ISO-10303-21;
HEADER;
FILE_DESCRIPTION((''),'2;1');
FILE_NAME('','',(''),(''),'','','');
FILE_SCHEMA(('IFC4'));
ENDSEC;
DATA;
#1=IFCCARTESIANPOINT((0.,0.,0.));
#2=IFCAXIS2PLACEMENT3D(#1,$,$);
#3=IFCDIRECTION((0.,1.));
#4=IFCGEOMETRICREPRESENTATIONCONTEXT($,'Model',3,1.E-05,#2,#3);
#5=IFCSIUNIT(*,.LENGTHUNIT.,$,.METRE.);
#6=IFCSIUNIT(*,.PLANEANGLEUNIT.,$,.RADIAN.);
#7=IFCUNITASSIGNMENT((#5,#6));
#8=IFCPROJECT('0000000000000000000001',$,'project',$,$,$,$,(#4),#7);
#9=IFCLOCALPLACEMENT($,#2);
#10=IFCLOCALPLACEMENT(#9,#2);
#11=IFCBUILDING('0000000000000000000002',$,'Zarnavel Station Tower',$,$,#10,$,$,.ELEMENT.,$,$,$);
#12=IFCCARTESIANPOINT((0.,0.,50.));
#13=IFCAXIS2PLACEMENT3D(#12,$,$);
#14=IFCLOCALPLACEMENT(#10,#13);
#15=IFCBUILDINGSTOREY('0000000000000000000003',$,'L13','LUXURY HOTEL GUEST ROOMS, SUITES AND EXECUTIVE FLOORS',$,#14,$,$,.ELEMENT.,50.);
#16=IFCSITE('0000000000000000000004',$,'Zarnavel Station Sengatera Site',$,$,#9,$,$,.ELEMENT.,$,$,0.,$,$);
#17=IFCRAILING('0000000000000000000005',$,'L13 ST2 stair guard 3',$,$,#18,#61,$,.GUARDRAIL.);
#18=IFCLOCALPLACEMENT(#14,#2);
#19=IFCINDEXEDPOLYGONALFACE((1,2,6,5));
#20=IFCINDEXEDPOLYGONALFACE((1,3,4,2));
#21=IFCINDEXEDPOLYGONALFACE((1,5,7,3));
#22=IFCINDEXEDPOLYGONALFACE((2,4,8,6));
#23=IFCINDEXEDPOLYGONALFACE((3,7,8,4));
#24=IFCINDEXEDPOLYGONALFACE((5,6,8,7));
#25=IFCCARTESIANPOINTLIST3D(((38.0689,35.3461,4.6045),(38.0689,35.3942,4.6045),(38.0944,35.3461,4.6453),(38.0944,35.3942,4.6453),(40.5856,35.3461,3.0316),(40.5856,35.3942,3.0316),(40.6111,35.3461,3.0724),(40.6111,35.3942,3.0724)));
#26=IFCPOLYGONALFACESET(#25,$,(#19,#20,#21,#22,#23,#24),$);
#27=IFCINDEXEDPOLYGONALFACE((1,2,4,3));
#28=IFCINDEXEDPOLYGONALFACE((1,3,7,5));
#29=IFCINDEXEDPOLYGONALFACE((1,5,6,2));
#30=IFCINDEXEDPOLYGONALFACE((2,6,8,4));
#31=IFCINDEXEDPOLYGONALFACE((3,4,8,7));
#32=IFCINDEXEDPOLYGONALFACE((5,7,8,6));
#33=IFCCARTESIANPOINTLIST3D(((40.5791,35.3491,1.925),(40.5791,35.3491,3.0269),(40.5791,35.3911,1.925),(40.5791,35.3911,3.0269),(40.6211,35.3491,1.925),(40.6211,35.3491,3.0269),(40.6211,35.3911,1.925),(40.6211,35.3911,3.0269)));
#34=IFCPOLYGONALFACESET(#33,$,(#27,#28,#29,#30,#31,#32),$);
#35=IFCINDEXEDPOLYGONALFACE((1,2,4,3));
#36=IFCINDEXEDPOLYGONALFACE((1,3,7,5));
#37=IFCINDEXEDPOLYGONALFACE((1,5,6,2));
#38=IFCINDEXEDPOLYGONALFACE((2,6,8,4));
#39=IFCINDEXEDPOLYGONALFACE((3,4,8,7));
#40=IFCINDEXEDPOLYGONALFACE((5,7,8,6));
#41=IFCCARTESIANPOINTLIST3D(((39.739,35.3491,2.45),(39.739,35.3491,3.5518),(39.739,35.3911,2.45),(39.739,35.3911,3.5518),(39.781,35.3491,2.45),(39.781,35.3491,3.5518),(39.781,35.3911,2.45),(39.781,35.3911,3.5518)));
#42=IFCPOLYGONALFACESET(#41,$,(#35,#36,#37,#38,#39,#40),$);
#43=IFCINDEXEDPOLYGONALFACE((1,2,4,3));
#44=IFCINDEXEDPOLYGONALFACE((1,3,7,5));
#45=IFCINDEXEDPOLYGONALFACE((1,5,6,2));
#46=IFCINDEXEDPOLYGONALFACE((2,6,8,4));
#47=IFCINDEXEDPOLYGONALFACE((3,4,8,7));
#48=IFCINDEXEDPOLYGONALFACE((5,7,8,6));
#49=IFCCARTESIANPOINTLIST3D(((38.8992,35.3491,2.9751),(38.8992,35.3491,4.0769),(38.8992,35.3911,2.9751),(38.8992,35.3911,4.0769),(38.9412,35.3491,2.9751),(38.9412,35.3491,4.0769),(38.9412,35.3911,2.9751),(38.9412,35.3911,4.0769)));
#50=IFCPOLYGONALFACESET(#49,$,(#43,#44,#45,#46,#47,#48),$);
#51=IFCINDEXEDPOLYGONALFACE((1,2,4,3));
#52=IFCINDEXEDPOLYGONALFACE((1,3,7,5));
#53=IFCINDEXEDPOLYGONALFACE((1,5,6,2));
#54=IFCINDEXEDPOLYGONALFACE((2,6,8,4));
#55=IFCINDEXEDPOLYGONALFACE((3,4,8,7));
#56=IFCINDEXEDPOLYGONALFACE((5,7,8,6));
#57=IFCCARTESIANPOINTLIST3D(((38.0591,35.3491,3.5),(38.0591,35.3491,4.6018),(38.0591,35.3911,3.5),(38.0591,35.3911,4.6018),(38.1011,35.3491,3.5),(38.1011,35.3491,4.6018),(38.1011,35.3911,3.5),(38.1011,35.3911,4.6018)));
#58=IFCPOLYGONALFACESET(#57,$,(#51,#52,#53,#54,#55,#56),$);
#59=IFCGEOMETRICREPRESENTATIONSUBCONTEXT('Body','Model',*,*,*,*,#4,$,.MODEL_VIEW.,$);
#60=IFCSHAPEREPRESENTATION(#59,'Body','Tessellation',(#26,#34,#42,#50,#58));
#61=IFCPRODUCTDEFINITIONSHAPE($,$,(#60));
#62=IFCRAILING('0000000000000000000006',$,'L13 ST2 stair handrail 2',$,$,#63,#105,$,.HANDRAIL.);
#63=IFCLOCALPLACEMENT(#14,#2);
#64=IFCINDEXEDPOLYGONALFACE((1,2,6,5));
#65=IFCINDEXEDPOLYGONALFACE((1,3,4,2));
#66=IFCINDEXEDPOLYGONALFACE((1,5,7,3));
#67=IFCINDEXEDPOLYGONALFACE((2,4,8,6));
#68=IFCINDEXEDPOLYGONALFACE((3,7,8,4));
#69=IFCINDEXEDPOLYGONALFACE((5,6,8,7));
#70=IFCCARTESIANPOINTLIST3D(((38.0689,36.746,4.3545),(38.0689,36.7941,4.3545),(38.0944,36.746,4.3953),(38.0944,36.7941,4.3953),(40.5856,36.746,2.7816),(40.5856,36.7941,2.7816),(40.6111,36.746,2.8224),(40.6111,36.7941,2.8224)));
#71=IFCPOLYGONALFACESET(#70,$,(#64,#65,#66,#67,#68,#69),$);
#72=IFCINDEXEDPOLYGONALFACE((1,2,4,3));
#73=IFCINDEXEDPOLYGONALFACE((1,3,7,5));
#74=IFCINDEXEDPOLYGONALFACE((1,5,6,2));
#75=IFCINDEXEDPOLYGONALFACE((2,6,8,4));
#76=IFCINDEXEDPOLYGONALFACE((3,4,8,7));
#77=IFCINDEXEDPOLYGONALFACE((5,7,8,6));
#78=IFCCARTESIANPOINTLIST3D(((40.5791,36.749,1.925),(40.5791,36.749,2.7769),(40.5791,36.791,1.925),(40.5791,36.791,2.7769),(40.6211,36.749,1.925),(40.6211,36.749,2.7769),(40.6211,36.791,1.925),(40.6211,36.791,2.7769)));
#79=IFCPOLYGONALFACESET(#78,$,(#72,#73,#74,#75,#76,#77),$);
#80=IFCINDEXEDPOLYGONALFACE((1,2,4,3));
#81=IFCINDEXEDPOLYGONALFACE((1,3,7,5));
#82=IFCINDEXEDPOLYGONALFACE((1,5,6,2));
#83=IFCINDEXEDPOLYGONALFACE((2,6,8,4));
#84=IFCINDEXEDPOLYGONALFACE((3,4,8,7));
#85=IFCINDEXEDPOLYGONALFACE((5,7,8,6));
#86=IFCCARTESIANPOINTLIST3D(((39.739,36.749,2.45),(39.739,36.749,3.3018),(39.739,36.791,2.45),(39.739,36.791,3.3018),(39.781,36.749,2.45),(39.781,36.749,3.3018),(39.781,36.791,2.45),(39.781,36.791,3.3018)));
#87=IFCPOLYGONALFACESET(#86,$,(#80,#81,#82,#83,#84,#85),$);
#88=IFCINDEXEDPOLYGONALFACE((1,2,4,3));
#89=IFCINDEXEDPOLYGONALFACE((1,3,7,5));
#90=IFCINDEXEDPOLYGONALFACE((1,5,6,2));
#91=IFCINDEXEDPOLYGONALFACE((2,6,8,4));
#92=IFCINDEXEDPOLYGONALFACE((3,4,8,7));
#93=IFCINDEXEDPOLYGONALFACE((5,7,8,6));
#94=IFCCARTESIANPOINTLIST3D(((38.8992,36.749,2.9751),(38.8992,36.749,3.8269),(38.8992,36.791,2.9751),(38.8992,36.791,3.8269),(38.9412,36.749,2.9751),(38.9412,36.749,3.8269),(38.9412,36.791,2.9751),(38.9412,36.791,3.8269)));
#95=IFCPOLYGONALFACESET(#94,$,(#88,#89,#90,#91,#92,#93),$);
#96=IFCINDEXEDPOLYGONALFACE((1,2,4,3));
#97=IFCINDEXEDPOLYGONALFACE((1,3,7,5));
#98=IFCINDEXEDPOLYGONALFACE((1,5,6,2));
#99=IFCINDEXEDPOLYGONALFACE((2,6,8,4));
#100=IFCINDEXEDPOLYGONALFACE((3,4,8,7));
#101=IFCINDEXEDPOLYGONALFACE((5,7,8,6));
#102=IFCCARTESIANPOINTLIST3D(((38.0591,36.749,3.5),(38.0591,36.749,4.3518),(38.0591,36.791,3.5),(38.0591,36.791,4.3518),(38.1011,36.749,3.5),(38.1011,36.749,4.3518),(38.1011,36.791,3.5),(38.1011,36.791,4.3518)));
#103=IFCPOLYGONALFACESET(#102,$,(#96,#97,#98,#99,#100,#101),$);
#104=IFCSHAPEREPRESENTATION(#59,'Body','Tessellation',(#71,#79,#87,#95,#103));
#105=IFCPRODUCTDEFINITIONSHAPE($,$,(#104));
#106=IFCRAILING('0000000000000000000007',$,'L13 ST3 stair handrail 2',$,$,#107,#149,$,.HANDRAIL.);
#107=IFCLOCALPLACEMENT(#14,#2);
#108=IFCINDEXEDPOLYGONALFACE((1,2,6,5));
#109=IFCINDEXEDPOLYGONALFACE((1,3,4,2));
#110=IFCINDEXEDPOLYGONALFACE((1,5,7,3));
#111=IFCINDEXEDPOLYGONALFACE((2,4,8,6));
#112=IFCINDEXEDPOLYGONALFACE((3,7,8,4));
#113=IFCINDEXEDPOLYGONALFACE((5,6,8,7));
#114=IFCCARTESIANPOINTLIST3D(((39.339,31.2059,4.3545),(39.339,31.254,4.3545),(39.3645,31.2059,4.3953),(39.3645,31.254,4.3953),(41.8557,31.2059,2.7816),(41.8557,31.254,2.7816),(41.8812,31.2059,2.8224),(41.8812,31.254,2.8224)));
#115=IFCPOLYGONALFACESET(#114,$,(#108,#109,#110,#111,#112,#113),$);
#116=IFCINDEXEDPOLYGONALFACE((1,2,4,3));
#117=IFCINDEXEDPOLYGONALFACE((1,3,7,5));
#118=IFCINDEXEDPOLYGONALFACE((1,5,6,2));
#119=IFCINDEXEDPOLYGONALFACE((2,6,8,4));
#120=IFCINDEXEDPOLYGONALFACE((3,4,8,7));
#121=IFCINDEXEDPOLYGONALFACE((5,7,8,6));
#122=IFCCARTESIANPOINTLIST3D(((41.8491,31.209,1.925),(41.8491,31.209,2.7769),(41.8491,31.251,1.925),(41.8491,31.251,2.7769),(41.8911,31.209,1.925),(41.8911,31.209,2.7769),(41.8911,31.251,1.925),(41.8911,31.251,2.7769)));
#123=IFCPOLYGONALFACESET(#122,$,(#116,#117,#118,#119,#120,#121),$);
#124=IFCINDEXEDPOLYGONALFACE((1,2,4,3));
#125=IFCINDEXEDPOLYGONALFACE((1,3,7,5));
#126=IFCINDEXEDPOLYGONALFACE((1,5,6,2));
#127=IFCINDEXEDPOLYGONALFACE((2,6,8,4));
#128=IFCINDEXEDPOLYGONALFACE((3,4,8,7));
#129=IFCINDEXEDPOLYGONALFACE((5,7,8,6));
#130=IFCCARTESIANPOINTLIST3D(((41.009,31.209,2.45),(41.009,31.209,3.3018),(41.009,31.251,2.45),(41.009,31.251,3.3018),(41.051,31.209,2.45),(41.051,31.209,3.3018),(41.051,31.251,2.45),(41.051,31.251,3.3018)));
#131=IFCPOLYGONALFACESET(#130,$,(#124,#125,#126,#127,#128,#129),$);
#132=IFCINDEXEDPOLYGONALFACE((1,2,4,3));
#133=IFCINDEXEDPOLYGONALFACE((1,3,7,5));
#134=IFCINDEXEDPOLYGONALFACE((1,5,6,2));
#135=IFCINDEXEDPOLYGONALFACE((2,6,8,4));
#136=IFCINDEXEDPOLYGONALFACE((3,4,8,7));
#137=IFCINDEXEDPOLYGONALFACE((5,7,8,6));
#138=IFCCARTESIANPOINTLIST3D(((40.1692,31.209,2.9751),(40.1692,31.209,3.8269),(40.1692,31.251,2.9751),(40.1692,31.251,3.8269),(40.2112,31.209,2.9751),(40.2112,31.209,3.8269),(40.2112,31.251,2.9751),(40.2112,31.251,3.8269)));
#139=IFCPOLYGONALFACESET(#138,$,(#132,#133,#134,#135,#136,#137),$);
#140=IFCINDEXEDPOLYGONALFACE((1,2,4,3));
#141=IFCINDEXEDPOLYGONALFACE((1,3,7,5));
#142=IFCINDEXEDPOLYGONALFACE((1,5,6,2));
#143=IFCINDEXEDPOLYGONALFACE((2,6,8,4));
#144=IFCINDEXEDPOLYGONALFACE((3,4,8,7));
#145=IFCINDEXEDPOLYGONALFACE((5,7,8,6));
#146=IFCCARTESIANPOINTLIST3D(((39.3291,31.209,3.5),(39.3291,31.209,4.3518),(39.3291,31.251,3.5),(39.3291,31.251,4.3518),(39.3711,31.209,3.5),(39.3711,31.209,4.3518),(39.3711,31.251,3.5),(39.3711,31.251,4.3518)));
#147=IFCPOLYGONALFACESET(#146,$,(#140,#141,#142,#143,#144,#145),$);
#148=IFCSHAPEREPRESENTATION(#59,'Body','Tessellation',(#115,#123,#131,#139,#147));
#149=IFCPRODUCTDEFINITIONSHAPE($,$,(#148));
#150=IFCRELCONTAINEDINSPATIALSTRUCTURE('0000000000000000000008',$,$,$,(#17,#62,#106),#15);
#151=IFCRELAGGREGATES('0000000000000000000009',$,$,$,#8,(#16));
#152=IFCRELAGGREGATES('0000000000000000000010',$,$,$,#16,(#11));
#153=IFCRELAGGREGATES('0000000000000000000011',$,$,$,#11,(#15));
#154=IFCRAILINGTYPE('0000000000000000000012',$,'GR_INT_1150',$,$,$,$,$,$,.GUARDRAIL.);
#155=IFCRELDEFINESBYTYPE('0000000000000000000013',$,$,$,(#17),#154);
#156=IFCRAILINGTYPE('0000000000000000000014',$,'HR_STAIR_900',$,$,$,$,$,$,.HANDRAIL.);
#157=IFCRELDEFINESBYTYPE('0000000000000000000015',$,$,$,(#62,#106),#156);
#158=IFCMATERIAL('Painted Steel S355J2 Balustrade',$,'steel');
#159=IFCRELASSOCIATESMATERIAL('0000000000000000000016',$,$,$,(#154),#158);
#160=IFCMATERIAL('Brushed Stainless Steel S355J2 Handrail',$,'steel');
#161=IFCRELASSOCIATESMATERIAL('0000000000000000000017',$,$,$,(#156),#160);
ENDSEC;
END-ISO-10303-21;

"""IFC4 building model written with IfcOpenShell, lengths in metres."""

from ifc_helpers import new_model, si_unit, direction, frame, origin, origin_2d, place, context, subcontext, project, spatial, rectangle, extrude, material, type_object, element, save


model = new_model("IFC4")

# Units and contexts
model_context = context("Model", 3, precision=1e-05, world=origin(), true_north=direction((0.0, 1.0)))
body_context = subcontext(model_context, "Body", "Model", "MODEL_VIEW")
ifc_project = project(units=[si_unit("LENGTHUNIT", "METRE"), si_unit("PLANEANGLEUNIT", "RADIAN")], contexts=[model_context])

# Site, building, storey
site_placement = place(None, origin())
site = spatial("IfcSite", under=ifc_project, at=site_placement, Name="Zarnavel Station Sengatera Site", CompositionType="ELEMENT", RefElevation=0.0)
building_placement = place(site_placement, origin())
building = spatial("IfcBuilding", under=site, at=building_placement, Name="Zarnavel Station Tower", CompositionType="ELEMENT")
storey_placement = place(building_placement, frame((0.0, 0.0, 50.0)))
storey = spatial("IfcBuildingStorey", under=building, at=storey_placement, Name="L13", Description="LUXURY HOTEL GUEST ROOMS, SUITES AND EXECUTIVE FLOORS", CompositionType="ELEMENT", Elevation=50.0)

# Railings
ifc_material_1 = material(Name="Painted Steel S355J2 Balustrade", Category="steel")
railing_type_1 = type_object("IfcRailingType", Name="GR_INT_1150", PredefinedType="GUARDRAIL", material=ifc_material_1)
railing_1_placement = place(storey_placement, frame((40.6001, 35.3701, 1.925)))
element("IfcRailing", 1, at=railing_1_placement, inside=storey, type_object=railing_type_1, Name="L13 ST2 stair guard 3", PredefinedType="GUARDRAIL", context=body_context, shape_type="SweptSolid", body=[
    extrude(rectangle(XDim=0.0481, YDim=0.0481, at=origin_2d()), frame((-0.0017, 0.0, 1.127), z_axis=(-0.848008, 0.0, 0.529984), x_axis=(0.0, -1.0, 0.0)), (0.0, 0.0, 1.0), 2.9678),
    extrude(rectangle(XDim=0.042, YDim=0.042, at=origin_2d()), origin(), (0.0, 0.0, 1.0), 1.1018),
    extrude(rectangle(XDim=0.042, YDim=0.042, at=origin_2d()), frame((-0.8401, 0.0, 0.5249)), (0.0, 0.0, 1.0), 1.1018),
    extrude(rectangle(XDim=0.042, YDim=0.042, at=origin_2d()), frame((-1.6799, 0.0, 1.05)), (0.0, 0.0, 1.0), 1.1018),
    extrude(rectangle(XDim=0.042, YDim=0.042, at=origin_2d()), frame((-2.52, 0.0, 1.575)), (0.0, 0.0, 1.0), 1.1018),
])
ifc_material_2 = material(Name="Brushed Stainless Steel S355J2 Handrail", Category="steel")
railing_type_2 = type_object("IfcRailingType", Name="HR_STAIR_900", PredefinedType="HANDRAIL", material=ifc_material_2)
for number, where, name in (
    (2, (40.6001, 36.77, 1.925), "L13 ST2 stair handrail 2"),
    (3, (41.8701, 31.23, 1.925), "L13 ST3 stair handrail 2"),
):
    element("IfcRailing", number, at=place(storey_placement, frame(where)), inside=storey, type_object=railing_type_2, Name=name, PredefinedType="HANDRAIL", context=body_context, shape_type="SweptSolid", body=[
        extrude(rectangle(XDim=0.0481, YDim=0.0481, at=origin_2d()), frame((-0.0017, 0.0, 0.877), z_axis=(-0.848008, 0.0, 0.529984), x_axis=(0.0, -1.0, 0.0)), (0.0, 0.0, 1.0), 2.9678),
        extrude(rectangle(XDim=0.042, YDim=0.042, at=origin_2d()), origin(), (0.0, 0.0, 1.0), 0.8518),
        extrude(rectangle(XDim=0.042, YDim=0.042, at=origin_2d()), frame((-0.8401, 0.0, 0.5249)), (0.0, 0.0, 1.0), 0.8518),
        extrude(rectangle(XDim=0.042, YDim=0.042, at=origin_2d()), frame((-1.6799, 0.0, 1.05)), (0.0, 0.0, 1.0), 0.8518),
        extrude(rectangle(XDim=0.042, YDim=0.042, at=origin_2d()), frame((-2.52, 0.0, 1.575)), (0.0, 0.0, 1.0), 0.8518),
    ])

save(model, "model.ifc")
